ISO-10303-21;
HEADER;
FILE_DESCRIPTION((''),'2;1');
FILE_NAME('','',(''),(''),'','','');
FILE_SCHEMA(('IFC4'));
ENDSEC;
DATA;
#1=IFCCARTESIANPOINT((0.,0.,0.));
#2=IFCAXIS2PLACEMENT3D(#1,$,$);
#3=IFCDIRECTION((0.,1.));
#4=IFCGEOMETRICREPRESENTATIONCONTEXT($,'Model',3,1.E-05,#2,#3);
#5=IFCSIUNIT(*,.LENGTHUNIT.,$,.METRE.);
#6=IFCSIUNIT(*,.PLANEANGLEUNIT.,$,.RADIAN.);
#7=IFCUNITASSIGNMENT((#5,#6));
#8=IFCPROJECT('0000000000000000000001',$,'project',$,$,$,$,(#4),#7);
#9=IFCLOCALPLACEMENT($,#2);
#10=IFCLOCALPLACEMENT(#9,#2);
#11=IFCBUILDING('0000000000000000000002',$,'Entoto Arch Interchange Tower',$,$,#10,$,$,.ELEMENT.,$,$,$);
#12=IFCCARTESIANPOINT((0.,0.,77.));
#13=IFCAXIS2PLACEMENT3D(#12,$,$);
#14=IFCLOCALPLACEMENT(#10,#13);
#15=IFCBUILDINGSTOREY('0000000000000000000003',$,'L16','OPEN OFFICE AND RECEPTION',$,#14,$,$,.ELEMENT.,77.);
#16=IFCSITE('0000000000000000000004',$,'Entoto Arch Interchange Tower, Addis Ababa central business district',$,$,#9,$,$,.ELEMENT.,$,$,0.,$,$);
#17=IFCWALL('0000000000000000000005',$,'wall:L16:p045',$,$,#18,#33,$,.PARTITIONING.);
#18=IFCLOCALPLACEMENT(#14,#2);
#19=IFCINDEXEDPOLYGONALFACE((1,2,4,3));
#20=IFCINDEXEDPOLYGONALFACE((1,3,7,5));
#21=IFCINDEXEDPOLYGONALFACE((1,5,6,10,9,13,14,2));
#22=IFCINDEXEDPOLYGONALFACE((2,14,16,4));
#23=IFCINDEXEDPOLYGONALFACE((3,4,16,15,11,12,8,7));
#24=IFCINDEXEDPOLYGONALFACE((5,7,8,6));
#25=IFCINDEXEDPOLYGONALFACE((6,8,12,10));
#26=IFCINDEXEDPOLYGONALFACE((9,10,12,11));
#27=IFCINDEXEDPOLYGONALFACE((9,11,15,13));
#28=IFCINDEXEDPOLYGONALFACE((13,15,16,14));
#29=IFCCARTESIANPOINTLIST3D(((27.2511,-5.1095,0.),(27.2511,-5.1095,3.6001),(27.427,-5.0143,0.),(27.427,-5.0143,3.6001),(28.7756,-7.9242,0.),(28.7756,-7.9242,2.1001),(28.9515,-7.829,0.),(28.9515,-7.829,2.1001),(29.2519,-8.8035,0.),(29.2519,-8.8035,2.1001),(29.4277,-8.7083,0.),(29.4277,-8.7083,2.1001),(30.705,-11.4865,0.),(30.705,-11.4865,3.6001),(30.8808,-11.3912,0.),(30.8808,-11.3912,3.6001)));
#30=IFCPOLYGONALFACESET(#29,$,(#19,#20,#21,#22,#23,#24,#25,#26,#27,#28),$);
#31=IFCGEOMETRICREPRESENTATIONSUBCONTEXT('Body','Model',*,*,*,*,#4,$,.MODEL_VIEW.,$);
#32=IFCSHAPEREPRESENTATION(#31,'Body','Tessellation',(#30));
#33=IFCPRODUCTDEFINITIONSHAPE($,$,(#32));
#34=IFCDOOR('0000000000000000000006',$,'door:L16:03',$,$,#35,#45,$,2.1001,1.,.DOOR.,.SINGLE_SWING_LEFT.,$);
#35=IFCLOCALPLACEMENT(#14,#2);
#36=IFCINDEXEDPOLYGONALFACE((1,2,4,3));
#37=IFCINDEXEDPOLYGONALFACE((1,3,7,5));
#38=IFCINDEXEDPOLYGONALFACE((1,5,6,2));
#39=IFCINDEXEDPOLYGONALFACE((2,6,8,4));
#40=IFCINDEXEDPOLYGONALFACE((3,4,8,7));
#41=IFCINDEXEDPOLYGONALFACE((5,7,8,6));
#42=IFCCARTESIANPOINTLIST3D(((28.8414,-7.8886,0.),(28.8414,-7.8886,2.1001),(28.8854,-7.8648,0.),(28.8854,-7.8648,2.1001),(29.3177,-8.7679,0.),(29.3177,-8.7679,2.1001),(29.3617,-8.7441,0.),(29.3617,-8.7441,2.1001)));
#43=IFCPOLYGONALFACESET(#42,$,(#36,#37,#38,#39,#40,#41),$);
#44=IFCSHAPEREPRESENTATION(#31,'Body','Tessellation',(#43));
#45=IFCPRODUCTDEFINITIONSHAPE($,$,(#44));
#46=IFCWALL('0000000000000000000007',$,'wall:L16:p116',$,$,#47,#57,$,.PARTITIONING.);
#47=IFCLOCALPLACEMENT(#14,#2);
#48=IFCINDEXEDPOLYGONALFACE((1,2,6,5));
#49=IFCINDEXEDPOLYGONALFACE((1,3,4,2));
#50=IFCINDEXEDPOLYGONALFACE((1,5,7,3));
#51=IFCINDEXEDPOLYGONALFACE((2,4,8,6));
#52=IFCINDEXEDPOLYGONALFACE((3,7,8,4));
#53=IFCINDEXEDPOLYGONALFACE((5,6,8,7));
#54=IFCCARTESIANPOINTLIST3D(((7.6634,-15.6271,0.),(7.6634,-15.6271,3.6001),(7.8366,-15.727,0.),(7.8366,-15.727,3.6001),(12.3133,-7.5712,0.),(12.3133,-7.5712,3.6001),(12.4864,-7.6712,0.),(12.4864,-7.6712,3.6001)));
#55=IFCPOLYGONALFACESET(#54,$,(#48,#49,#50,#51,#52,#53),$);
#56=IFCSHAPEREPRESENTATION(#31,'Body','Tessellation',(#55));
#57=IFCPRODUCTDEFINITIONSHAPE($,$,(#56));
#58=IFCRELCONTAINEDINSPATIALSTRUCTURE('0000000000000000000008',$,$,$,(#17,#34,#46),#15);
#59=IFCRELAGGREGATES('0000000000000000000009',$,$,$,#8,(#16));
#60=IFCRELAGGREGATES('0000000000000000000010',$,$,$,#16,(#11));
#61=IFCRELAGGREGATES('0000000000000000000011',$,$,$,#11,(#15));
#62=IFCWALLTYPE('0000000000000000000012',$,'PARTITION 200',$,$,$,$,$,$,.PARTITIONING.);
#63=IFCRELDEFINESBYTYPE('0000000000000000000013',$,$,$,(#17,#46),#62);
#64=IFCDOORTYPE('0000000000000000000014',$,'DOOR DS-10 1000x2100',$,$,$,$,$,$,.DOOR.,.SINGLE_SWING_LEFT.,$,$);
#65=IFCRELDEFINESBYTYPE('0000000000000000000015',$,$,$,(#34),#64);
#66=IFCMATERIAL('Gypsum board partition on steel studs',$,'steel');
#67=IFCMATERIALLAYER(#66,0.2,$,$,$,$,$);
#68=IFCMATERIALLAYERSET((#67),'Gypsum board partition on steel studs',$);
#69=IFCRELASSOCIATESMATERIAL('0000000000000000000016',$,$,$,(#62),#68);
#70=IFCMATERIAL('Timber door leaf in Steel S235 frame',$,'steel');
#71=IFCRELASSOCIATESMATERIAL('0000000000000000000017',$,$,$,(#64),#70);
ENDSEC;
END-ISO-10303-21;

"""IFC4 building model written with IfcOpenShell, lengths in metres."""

from ifc_helpers import new_model, si_unit, direction, frame, frame_2d, origin, place, context, subcontext, project, spatial, rectangle, extrude, material, layer, layer_set, type_object, element, fill, save


model = new_model("IFC4")

# Units and contexts
model_context = context("Model", 3, precision=1e-05, world=origin(), true_north=direction((0.0, 1.0)))
body_context = subcontext(model_context, "Body", "Model", "MODEL_VIEW")
ifc_project = project(units=[si_unit("LENGTHUNIT", "METRE"), si_unit("PLANEANGLEUNIT", "RADIAN")], contexts=[model_context])

# Site, building, storey
site_placement = place(None, origin())
site = spatial("IfcSite", under=ifc_project, at=site_placement, Name="Entoto Arch Interchange Tower, Addis Ababa central business district", CompositionType="ELEMENT", RefElevation=0.0)
building_placement = place(site_placement, origin())
building = spatial("IfcBuilding", under=site, at=building_placement, Name="Entoto Arch Interchange Tower", CompositionType="ELEMENT")
storey_placement = place(building_placement, frame((0.0, 0.0, 77.0)))
storey = spatial("IfcBuildingStorey", under=building, at=storey_placement, Name="L16", Description="OPEN OFFICE AND RECEPTION", CompositionType="ELEMENT", Elevation=77.0)

# Shared definitions
ifc_material_1 = material(Name="Gypsum board partition on steel studs", Category="steel")
ifc_layer_1 = layer(ifc_material_1, 0.2)
ifc_layer_set_1 = layer_set([ifc_layer_1], Name="Gypsum board partition on steel studs")
wall_type_1 = type_object("IfcWallType", Name="PARTITION 200", PredefinedType="PARTITIONING", material=ifc_layer_set_1)

# Shared definitions
ifc_material_2 = material(Name="Timber door leaf in Steel S235 frame", Category="steel")
door_type = type_object("IfcDoorType", Name="DOOR DS-10 1000x2100", OperationType="SINGLE_SWING_LEFT", PredefinedType="DOOR", material=ifc_material_2)

# Wall, opening, door
wall_1_placement = place(storey_placement, frame((27.3391, -5.062, 0.0), z_axis=(0.0, 0.0, 1.0), x_axis=(0.476248, -0.879311, 0.0)))
wall_1 = element("IfcWall", 1, at=wall_1_placement, inside=storey, type_object=wall_type_1, Name="wall:L16:p045", PredefinedType="PARTITIONING", context=body_context, shape_type="SweptSolid", body=[
    extrude(rectangle(XDim=7.2522, YDim=0.2, at=frame_2d((3.626, 0.0))), origin(), (0.0, 0.0, 1.0), 3.6001),
])
opening_1_placement = place(wall_1_placement, frame((3.2009, 0.0, 0.0)))
opening_1 = element("IfcOpeningElement", 2, at=opening_1_placement, cuts=wall_1, PredefinedType="OPENING", context=body_context, shape_type="SweptSolid", body=[
    extrude(rectangle(XDim=1.0, YDim=2.1001, at=frame_2d((0.5, 1.05))), frame((0.0, 0.1099, 0.0), z_axis=(0.0, -1.0, 0.0), x_axis=(1.0, 0.0, 0.0)), (0.0, 0.0, 1.0), 0.22),
])
door_1_placement = place(opening_1_placement, origin())
door_1 = element("IfcDoor", 3, at=door_1_placement, inside=storey, type_object=door_type, Name="door:L16:03", OperationType="SINGLE_SWING_LEFT", OverallHeight=2.1001, OverallWidth=1.0, PredefinedType="DOOR", context=body_context, shape_type="SweptSolid", body=[
    extrude(rectangle(XDim=1.0, YDim=2.1001, at=frame_2d((0.5, 1.05))), frame((0.0, 0.0249, 0.0), z_axis=(0.0, -1.0, 0.0), x_axis=(1.0, 0.0, 0.0)), (0.0, 0.0, 1.0), 0.05),
])
fill(opening_1, door_1)

# Wall
wall_2_placement = place(storey_placement, frame((12.3999, -7.6211, 0.0), z_axis=(0.0, 0.0, 1.0), x_axis=(-0.499905, -0.86608, 0.0)))
element("IfcWall", 4, at=wall_2_placement, inside=storey, type_object=wall_type_1, Name="wall:L16:p116", PredefinedType="PARTITIONING", context=body_context, shape_type="SweptSolid", body=[
    extrude(rectangle(XDim=9.3015, YDim=0.2, at=frame_2d((4.6509, 0.0))), origin(), (0.0, 0.0, 1.0), 3.6001),
])

save(model, "model.ifc")
